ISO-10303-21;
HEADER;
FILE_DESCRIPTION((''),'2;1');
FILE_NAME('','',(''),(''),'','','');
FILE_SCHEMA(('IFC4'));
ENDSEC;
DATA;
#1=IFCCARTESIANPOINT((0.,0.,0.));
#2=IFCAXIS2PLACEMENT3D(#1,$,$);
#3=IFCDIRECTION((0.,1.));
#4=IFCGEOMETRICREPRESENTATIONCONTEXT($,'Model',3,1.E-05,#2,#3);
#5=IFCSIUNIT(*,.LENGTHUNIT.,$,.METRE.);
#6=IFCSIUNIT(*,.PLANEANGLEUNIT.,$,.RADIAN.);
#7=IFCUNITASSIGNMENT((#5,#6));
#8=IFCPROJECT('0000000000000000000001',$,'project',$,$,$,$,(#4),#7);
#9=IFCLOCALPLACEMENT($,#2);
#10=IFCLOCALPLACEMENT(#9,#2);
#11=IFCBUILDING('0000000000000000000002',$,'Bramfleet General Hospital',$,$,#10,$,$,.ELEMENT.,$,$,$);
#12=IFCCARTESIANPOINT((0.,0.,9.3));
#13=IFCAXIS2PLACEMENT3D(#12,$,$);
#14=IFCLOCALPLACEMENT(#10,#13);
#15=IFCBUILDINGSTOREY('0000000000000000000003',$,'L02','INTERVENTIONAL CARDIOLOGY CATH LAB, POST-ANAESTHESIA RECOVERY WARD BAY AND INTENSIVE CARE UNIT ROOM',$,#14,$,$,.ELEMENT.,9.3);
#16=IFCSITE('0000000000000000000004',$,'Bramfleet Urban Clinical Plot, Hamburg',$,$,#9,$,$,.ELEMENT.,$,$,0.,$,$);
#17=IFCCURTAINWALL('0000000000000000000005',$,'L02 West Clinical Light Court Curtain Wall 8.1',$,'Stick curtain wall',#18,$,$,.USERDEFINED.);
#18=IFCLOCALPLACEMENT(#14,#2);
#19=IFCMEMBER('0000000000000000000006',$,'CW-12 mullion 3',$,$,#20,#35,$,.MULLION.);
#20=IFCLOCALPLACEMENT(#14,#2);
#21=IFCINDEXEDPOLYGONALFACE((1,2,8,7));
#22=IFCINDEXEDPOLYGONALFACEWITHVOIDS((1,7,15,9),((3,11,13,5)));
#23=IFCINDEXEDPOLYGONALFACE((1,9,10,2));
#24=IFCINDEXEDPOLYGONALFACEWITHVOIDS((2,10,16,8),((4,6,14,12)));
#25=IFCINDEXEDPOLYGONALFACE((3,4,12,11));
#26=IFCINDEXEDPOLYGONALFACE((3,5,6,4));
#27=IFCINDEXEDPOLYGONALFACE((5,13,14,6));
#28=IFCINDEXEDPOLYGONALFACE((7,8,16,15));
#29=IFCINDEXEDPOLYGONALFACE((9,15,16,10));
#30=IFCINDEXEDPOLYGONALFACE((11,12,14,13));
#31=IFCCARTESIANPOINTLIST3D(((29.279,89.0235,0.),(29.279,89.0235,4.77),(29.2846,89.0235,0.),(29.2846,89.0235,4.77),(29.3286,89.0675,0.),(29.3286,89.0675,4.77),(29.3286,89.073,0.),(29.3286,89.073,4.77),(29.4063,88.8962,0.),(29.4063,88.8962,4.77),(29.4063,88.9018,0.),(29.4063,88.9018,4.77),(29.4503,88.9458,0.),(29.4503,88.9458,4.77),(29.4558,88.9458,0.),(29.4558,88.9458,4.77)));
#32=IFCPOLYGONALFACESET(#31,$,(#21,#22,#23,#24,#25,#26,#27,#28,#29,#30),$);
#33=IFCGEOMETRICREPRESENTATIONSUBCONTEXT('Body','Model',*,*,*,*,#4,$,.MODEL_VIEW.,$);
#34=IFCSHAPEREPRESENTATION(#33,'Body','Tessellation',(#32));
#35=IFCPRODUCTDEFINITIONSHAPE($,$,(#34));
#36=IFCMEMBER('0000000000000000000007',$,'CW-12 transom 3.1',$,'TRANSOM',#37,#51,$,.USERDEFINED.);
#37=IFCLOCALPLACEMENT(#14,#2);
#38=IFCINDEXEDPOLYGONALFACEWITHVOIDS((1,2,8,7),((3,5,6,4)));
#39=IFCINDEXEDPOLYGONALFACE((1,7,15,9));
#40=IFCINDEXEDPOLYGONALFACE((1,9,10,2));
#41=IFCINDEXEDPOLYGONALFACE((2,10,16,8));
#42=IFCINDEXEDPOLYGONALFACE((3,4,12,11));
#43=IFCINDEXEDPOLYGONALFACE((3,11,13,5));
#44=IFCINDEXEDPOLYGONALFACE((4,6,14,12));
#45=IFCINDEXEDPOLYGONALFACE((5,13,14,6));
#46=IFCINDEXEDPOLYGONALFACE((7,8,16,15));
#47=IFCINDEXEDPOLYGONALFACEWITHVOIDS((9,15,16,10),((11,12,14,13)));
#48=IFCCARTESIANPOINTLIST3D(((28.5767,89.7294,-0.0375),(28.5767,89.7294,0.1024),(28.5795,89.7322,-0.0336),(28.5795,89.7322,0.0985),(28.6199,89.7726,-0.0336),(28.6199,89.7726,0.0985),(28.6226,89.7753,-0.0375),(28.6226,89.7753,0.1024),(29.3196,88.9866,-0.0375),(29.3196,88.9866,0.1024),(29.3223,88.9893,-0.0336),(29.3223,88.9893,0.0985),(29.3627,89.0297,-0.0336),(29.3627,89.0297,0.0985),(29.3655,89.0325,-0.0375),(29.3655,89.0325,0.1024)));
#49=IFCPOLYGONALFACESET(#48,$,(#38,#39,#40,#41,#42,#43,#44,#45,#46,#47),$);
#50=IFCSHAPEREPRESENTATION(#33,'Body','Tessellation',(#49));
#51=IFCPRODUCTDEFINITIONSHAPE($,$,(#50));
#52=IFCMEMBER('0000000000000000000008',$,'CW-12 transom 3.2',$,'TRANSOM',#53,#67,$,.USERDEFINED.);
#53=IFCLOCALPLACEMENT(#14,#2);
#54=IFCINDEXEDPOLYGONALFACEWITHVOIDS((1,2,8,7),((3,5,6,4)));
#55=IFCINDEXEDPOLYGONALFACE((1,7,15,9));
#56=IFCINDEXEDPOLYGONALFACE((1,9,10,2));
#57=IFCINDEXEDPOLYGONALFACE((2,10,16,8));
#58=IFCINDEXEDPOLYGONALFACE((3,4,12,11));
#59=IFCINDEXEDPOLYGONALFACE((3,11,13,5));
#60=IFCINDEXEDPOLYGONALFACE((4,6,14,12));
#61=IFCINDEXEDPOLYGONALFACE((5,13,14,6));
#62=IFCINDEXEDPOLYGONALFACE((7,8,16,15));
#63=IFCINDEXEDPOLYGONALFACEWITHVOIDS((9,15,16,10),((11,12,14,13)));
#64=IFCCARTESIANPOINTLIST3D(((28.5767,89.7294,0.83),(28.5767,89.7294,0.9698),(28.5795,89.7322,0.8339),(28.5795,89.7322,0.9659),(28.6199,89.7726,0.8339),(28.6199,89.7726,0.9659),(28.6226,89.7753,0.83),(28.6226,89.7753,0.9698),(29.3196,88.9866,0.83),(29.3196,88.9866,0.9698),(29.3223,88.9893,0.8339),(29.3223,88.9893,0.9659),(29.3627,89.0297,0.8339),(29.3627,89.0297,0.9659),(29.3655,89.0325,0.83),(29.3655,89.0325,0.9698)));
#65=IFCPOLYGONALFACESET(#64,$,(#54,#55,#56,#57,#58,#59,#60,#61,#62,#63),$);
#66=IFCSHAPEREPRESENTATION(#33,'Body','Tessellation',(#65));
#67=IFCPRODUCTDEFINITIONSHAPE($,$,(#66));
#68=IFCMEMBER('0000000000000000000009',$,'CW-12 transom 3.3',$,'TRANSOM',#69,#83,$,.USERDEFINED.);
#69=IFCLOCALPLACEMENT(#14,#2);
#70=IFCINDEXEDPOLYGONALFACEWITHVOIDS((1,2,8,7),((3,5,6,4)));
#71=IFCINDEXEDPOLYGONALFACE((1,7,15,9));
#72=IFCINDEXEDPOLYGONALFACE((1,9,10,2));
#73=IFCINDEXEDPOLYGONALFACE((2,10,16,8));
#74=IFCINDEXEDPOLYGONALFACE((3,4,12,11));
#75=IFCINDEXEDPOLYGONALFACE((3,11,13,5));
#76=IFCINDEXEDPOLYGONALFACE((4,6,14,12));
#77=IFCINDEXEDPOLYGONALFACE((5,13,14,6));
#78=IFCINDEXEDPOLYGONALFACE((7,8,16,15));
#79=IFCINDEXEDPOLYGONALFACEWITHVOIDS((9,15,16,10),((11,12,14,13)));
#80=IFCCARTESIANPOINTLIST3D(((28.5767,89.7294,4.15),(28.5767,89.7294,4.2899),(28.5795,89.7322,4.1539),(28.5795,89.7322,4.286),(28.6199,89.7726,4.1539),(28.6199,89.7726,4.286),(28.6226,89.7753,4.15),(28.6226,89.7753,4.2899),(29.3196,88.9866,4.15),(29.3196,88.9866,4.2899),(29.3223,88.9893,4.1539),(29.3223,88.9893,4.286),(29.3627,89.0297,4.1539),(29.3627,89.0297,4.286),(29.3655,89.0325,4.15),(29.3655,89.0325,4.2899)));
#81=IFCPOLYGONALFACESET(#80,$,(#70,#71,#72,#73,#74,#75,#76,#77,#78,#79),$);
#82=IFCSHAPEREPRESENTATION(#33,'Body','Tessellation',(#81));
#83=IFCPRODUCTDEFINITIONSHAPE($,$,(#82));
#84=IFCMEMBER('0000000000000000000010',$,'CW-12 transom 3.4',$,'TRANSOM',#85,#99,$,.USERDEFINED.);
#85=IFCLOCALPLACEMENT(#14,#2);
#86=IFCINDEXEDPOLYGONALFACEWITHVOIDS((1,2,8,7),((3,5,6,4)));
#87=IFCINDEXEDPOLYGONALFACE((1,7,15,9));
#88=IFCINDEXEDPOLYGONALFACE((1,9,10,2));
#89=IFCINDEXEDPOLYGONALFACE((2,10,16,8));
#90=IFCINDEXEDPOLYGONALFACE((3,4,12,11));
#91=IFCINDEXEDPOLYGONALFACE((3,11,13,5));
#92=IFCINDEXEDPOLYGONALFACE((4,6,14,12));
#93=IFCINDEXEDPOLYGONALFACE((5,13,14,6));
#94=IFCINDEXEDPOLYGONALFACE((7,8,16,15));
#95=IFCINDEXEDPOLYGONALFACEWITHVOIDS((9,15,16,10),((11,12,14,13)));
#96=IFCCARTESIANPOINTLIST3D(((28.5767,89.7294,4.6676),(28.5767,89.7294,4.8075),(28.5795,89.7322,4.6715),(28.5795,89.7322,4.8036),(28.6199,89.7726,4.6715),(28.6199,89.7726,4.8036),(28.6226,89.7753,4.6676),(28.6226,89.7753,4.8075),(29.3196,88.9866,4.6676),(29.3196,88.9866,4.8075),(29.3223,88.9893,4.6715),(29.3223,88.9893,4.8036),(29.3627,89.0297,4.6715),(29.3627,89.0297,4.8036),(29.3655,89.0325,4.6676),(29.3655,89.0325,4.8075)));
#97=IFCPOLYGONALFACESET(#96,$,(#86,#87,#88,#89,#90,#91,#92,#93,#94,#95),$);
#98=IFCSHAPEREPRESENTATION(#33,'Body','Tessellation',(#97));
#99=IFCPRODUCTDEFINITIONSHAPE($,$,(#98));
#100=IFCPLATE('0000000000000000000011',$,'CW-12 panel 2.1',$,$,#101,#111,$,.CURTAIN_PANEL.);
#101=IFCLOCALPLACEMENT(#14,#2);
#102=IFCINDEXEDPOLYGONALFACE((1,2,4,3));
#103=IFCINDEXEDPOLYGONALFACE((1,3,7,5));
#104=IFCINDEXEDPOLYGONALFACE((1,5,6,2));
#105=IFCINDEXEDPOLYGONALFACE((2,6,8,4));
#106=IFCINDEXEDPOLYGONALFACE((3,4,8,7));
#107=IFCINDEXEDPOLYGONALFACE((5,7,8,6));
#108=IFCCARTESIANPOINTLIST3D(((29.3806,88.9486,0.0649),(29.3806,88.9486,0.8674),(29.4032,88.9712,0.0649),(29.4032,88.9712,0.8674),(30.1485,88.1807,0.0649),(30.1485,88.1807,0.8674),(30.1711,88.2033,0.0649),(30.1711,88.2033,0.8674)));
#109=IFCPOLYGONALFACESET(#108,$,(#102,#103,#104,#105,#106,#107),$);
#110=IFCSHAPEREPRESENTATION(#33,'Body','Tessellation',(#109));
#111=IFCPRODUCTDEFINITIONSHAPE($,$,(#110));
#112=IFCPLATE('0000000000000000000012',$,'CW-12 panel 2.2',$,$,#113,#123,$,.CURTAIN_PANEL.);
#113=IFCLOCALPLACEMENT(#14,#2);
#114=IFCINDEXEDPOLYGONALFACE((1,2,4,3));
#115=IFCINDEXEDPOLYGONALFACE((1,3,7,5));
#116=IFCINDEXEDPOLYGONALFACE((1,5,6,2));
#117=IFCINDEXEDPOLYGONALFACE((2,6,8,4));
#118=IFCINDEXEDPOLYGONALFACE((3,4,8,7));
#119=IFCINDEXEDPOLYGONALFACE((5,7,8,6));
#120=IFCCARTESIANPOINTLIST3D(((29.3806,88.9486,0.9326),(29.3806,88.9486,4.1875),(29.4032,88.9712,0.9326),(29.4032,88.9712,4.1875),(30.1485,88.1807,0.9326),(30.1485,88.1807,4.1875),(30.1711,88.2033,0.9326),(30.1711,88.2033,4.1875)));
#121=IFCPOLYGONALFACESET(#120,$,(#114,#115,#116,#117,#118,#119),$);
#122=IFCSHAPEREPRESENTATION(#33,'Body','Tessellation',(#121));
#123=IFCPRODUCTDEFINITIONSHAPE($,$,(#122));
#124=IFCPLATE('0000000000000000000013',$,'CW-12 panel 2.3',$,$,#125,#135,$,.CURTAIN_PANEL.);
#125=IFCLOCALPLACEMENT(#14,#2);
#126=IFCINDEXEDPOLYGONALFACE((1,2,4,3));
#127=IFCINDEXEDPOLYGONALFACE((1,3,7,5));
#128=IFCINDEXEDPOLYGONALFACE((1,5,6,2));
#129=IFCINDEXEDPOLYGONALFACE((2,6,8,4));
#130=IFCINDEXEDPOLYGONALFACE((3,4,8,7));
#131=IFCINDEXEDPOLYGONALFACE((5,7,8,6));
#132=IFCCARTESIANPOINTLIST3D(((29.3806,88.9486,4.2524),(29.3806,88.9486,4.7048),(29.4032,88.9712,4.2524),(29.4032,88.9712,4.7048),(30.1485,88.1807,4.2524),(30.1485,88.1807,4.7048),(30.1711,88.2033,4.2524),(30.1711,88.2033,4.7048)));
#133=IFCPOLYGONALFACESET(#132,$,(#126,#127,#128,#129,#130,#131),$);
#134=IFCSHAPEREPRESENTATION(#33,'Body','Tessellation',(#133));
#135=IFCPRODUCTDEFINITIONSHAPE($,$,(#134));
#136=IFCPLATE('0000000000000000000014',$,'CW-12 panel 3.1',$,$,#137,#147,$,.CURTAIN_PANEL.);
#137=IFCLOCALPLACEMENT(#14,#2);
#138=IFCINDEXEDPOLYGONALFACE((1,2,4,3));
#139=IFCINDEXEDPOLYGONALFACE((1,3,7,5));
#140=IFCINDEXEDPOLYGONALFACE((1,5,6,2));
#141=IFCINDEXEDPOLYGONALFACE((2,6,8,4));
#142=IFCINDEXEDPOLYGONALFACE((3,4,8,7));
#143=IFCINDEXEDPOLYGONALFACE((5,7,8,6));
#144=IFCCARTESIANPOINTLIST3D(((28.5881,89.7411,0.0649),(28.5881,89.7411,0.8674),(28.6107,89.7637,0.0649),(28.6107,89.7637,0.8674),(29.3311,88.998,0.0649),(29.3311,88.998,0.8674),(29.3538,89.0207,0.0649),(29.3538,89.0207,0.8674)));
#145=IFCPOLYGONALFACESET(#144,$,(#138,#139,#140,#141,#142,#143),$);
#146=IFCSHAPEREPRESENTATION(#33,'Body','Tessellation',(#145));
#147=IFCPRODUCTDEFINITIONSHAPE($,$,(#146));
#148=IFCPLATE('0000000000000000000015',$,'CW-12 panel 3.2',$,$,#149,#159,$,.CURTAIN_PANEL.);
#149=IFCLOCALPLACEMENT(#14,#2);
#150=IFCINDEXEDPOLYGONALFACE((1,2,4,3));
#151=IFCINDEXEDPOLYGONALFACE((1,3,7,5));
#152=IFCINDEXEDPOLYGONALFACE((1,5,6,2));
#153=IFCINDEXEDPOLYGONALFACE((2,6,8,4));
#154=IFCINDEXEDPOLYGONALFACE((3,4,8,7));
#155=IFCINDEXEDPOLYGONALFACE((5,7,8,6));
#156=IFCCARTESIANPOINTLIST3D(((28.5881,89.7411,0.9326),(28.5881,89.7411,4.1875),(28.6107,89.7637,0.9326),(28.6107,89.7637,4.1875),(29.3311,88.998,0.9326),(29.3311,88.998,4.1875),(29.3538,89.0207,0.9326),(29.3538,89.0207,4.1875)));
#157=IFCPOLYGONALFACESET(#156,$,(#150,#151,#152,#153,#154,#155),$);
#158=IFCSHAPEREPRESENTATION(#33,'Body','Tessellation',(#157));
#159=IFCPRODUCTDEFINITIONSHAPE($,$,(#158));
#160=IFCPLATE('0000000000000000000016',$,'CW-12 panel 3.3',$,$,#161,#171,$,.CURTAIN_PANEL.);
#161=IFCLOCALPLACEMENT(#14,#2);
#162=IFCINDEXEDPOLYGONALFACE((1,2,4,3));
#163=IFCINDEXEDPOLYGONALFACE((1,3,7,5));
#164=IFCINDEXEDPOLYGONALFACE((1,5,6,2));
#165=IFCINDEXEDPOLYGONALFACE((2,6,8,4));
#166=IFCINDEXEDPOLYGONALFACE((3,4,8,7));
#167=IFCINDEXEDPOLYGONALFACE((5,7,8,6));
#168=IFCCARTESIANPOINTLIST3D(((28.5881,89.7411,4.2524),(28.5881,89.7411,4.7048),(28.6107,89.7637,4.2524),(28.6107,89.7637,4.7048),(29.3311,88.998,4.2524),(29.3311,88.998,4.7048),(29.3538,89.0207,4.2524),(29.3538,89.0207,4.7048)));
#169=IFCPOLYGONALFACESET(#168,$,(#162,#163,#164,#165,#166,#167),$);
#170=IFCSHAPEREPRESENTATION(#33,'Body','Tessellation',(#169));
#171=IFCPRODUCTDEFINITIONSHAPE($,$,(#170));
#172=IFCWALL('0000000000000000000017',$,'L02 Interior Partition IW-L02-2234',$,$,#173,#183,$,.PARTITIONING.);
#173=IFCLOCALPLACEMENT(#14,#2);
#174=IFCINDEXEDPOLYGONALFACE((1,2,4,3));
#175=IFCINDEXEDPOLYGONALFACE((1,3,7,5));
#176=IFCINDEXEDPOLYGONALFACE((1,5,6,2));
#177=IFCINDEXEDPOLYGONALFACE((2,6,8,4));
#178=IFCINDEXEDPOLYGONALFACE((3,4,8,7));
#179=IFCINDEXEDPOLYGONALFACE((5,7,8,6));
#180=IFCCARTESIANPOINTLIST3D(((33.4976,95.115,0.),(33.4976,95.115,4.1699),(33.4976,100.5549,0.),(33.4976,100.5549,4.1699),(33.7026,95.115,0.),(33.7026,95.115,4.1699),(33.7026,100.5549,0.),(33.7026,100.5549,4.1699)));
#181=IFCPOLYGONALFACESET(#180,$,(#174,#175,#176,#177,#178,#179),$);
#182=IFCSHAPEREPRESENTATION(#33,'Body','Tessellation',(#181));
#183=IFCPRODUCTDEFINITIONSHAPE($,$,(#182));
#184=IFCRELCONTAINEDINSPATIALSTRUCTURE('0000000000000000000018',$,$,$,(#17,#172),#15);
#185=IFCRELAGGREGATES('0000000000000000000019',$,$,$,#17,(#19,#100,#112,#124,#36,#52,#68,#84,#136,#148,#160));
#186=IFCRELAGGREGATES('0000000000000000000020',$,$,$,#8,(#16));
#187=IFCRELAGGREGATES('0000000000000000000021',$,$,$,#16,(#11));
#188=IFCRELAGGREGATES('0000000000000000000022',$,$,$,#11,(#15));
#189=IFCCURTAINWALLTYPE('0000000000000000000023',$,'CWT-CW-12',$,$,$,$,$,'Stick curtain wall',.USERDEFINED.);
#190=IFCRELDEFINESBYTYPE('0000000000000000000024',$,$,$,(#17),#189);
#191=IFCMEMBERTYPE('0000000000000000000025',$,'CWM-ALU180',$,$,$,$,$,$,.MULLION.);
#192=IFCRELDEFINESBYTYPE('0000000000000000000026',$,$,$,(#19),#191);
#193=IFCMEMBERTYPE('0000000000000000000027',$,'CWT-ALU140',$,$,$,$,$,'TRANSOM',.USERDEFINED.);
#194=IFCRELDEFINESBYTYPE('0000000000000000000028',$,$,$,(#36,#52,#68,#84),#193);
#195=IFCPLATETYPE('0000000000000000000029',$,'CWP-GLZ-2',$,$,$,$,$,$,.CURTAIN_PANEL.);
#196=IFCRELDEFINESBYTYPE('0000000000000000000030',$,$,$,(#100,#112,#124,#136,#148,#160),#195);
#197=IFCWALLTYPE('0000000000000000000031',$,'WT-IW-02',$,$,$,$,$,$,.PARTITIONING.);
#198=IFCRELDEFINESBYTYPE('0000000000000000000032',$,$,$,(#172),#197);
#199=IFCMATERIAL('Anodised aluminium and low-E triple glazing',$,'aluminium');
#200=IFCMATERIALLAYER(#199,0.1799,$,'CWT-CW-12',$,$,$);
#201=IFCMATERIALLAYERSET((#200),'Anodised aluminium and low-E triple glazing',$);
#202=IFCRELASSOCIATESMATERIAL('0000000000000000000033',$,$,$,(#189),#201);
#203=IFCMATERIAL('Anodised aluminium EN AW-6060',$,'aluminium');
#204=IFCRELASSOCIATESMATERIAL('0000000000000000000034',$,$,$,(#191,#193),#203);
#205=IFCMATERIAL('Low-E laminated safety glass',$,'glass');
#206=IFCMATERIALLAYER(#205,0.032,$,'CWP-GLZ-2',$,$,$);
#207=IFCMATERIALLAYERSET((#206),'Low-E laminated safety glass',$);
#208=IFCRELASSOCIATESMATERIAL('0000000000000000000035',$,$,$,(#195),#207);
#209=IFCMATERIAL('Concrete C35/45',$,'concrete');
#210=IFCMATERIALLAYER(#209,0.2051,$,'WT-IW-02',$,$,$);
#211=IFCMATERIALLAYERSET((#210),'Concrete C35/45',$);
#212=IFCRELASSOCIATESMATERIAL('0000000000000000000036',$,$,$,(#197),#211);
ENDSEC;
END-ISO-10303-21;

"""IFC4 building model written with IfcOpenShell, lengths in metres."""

from ifc_helpers import new_model, si_unit, direction, frame, frame_2d, origin, origin_2d, place, context, subcontext, project, spatial, rectangle, hollow_rectangle, extrude, material, layer, layer_set, material_profile, profile_set, type_object, element, aggregate, save


model = new_model("IFC4")

# Units and contexts
model_context = context("Model", 3, precision=1e-05, world=origin(), true_north=direction((0.0, 1.0)))
body_context = subcontext(model_context, "Body", "Model", "MODEL_VIEW")
ifc_project = project(units=[si_unit("LENGTHUNIT", "METRE"), si_unit("PLANEANGLEUNIT", "RADIAN")], contexts=[model_context])

# Site, building, storey
site_placement = place(None, origin())
site = spatial("IfcSite", under=ifc_project, at=site_placement, Name="Bramfleet Urban Clinical Plot, Hamburg", CompositionType="ELEMENT", RefElevation=0.0)
building_placement = place(site_placement, origin())
building = spatial("IfcBuilding", under=site, at=building_placement, Name="Bramfleet General Hospital", CompositionType="ELEMENT")
storey_placement = place(building_placement, frame((0.0, 0.0, 9.3)))
storey = spatial("IfcBuildingStorey", under=building, at=storey_placement, Name="L02", Description="INTERVENTIONAL CARDIOLOGY CATH LAB, POST-ANAESTHESIA RECOVERY WARD BAY AND INTENSIVE CARE UNIT ROOM", CompositionType="ELEMENT", Elevation=9.3)

# Shared definitions
ifc_material_1 = material(Name="Concrete C35/45", Category="concrete")

# Curtain wall, members, plates
ifc_material_2 = material(Name="Anodised aluminium and low-E triple glazing", Category="aluminium")
ifc_layer_1 = layer(ifc_material_2, 0.1799, Name="CWT-CW-12")
ifc_layer_set_1 = layer_set([ifc_layer_1], Name="Anodised aluminium and low-E triple glazing")
curtain_wall_type = type_object("IfcCurtainWallType", Name="CWT-CW-12", ElementType="Stick curtain wall", PredefinedType="USERDEFINED", material=ifc_layer_set_1)
curtain_wall_placement = place(storey_placement, origin())
curtain_wall = element("IfcCurtainWall", 1, at=curtain_wall_placement, inside=storey, type_object=curtain_wall_type, Name="L02 West Clinical Light Court Curtain Wall 8.1", ObjectType="Stick curtain wall", PredefinedType="USERDEFINED")
ifc_material_3 = material(Name="Anodised aluminium EN AW-6060", Category="aluminium")
ifc_material_profile_1 = material_profile(ifc_material_3, hollow_rectangle(XDim=0.0701, YDim=0.1799, WallThickness=0.0039, at=origin_2d()), Name="ALU 180x70x4.0")
ifc_profile_set_1 = profile_set([ifc_material_profile_1], Name="Anodised aluminium EN AW-6060")
member_type_1 = type_object("IfcMemberType", Name="CWM-ALU180", PredefinedType="MULLION", material=ifc_profile_set_1)
member_1_placement = place(storey_placement, frame((29.3674, 88.9846, 0.0), z_axis=(0.0, 0.0, 1.0), x_axis=(-0.707107, -0.707107, 0.0)))
member_1 = element("IfcMember", 2, at=member_1_placement, type_object=member_type_1, Name="CW-12 mullion 3", PredefinedType="MULLION", context=body_context, shape_type="SweptSolid", body=[
    extrude(hollow_rectangle(XDim=0.0701, YDim=0.1799, WallThickness=0.0039, at=origin_2d()), origin(), (0.0, 0.0, 1.0), 4.77),
])
ifc_material_profile_2 = material_profile(ifc_material_3, hollow_rectangle(XDim=0.0649, YDim=0.1399, WallThickness=0.0039, at=origin_2d()), Name="ALU 140x65x4.0")
ifc_profile_set_2 = profile_set([ifc_material_profile_2], Name="Anodised aluminium EN AW-6060")
member_type_2 = type_object("IfcMemberType", Name="CWT-ALU140", ElementType="TRANSOM", PredefinedType="USERDEFINED", material=ifc_profile_set_2)
member_2_placement = place(storey_placement, frame((29.3425, 89.0095, 0.0325), z_axis=(-0.707107, 0.707107, 0.0), x_axis=(-0.707107, -0.707107, 0.0)))
member_2 = element("IfcMember", 3, at=member_2_placement, type_object=member_type_2, Name="CW-12 transom 3.1", ObjectType="TRANSOM", PredefinedType="USERDEFINED", context=body_context, shape_type="SweptSolid", body=[
    extrude(hollow_rectangle(XDim=0.0649, YDim=0.1399, WallThickness=0.0039, at=origin_2d()), origin(), (0.0, 0.0, 1.0), 1.0505),
])
member_3_placement = place(storey_placement, frame((29.3425, 89.0095, 0.8999), z_axis=(-0.707107, 0.707107, 0.0), x_axis=(-0.707107, -0.707107, 0.0)))
member_3 = element("IfcMember", 4, at=member_3_placement, type_object=member_type_2, Name="CW-12 transom 3.2", ObjectType="TRANSOM", PredefinedType="USERDEFINED", context=body_context, shape_type="SweptSolid", body=[
    extrude(hollow_rectangle(XDim=0.0649, YDim=0.1399, WallThickness=0.0039, at=origin_2d()), origin(), (0.0, 0.0, 1.0), 1.0505),
])
member_4_placement = place(storey_placement, frame((29.3425, 89.0095, 4.22), z_axis=(-0.707107, 0.707107, 0.0), x_axis=(-0.707107, -0.707107, 0.0)))
member_4 = element("IfcMember", 5, at=member_4_placement, type_object=member_type_2, Name="CW-12 transom 3.3", ObjectType="TRANSOM", PredefinedType="USERDEFINED", context=body_context, shape_type="SweptSolid", body=[
    extrude(hollow_rectangle(XDim=0.0649, YDim=0.1399, WallThickness=0.0039, at=origin_2d()), origin(), (0.0, 0.0, 1.0), 1.0505),
])
member_5_placement = place(storey_placement, frame((29.3425, 89.0095, 4.7375), z_axis=(-0.707107, 0.707107, 0.0), x_axis=(-0.707107, -0.707107, 0.0)))
member_5 = element("IfcMember", 6, at=member_5_placement, type_object=member_type_2, Name="CW-12 transom 3.4", ObjectType="TRANSOM", PredefinedType="USERDEFINED", context=body_context, shape_type="SweptSolid", body=[
    extrude(hollow_rectangle(XDim=0.0649, YDim=0.1399, WallThickness=0.0039, at=origin_2d()), origin(), (0.0, 0.0, 1.0), 1.0505),
])
ifc_material_4 = material(Name="Low-E laminated safety glass", Category="glass")
ifc_layer_2 = layer(ifc_material_4, 0.032, Name="CWP-GLZ-2")
ifc_layer_set_2 = layer_set([ifc_layer_2], Name="Low-E laminated safety glass")
plate_type = type_object("IfcPlateType", Name="CWP-GLZ-2", PredefinedType="CURTAIN_PANEL", material=ifc_layer_set_2)
plate_1_placement = place(storey_placement, frame((29.7759, 88.5759, 0.0649), z_axis=(0.0, 0.0, 1.0), x_axis=(-0.707107, 0.707107, 0.0)))
plate_1 = element("IfcPlate", 7, at=plate_1_placement, type_object=plate_type, Name="CW-12 panel 2.1", PredefinedType="CURTAIN_PANEL", context=body_context, shape_type="SweptSolid", body=[
    extrude(rectangle(XDim=1.0859, YDim=0.032, at=origin_2d()), origin(), (0.0, 0.0, 1.0), 0.8025),
])
plate_2_placement = place(storey_placement, frame((29.7759, 88.5759, 0.9326), z_axis=(0.0, 0.0, 1.0), x_axis=(-0.707107, 0.707107, 0.0)))
plate_2 = element("IfcPlate", 8, at=plate_2_placement, type_object=plate_type, Name="CW-12 panel 2.2", PredefinedType="CURTAIN_PANEL", context=body_context, shape_type="SweptSolid", body=[
    extrude(rectangle(XDim=1.0859, YDim=0.032, at=origin_2d()), origin(), (0.0, 0.0, 1.0), 3.2549),
])
plate_3_placement = place(storey_placement, frame((29.7759, 88.5759, 4.2524), z_axis=(0.0, 0.0, 1.0), x_axis=(-0.707107, 0.707107, 0.0)))
plate_3 = element("IfcPlate", 9, at=plate_3_placement, type_object=plate_type, Name="CW-12 panel 2.3", PredefinedType="CURTAIN_PANEL", context=body_context, shape_type="SweptSolid", body=[
    extrude(rectangle(XDim=1.0859, YDim=0.032, at=origin_2d()), origin(), (0.0, 0.0, 1.0), 0.4524),
])
plate_4_placement = place(storey_placement, frame((28.9709, 89.3809, 0.0649), z_axis=(0.0, 0.0, 1.0), x_axis=(-0.707107, 0.707107, 0.0)))
plate_4 = element("IfcPlate", 10, at=plate_4_placement, type_object=plate_type, Name="CW-12 panel 3.1", PredefinedType="CURTAIN_PANEL", context=body_context, shape_type="SweptSolid", body=[
    extrude(rectangle(XDim=1.0508, YDim=0.032, at=origin_2d()), origin(), (0.0, 0.0, 1.0), 0.8025),
])
plate_5_placement = place(storey_placement, frame((28.9709, 89.3809, 0.9326), z_axis=(0.0, 0.0, 1.0), x_axis=(-0.707107, 0.707107, 0.0)))
plate_5 = element("IfcPlate", 11, at=plate_5_placement, type_object=plate_type, Name="CW-12 panel 3.2", PredefinedType="CURTAIN_PANEL", context=body_context, shape_type="SweptSolid", body=[
    extrude(rectangle(XDim=1.0508, YDim=0.032, at=origin_2d()), origin(), (0.0, 0.0, 1.0), 3.2549),
])
plate_6_placement = place(storey_placement, frame((28.9709, 89.3809, 4.2524), z_axis=(0.0, 0.0, 1.0), x_axis=(-0.707107, 0.707107, 0.0)))
plate_6 = element("IfcPlate", 12, at=plate_6_placement, type_object=plate_type, Name="CW-12 panel 3.3", PredefinedType="CURTAIN_PANEL", context=body_context, shape_type="SweptSolid", body=[
    extrude(rectangle(XDim=1.0508, YDim=0.032, at=origin_2d()), origin(), (0.0, 0.0, 1.0), 0.4524),
])
aggregate(curtain_wall, [member_1, plate_1, plate_2, plate_3, member_2, member_3, member_4, member_5, plate_4, plate_5, plate_6])

# Wall
ifc_layer_3 = layer(ifc_material_1, 0.2051, Name="WT-IW-02")
ifc_layer_set_3 = layer_set([ifc_layer_3], Name="Concrete C35/45")
wall_type_1 = type_object("IfcWallType", Name="WT-IW-02", PredefinedType="PARTITIONING", material=ifc_layer_set_3)
wall_1_placement = place(storey_placement, frame((33.6001, 95.115, 0.0), z_axis=(0.0, 0.0, 1.0), x_axis=(0.0, 1.0, 0.0)))
element("IfcWall", 13, at=wall_1_placement, inside=storey, type_object=wall_type_1, Name="L02 Interior Partition IW-L02-2234", PredefinedType="PARTITIONING", context=body_context, shape_type="SweptSolid", body=[
    extrude(rectangle(XDim=5.4399, YDim=0.2051, at=frame_2d((2.72, 0.0))), origin(), (0.0, 0.0, 1.0), 4.1699),
])

save(model, "model.ifc")
